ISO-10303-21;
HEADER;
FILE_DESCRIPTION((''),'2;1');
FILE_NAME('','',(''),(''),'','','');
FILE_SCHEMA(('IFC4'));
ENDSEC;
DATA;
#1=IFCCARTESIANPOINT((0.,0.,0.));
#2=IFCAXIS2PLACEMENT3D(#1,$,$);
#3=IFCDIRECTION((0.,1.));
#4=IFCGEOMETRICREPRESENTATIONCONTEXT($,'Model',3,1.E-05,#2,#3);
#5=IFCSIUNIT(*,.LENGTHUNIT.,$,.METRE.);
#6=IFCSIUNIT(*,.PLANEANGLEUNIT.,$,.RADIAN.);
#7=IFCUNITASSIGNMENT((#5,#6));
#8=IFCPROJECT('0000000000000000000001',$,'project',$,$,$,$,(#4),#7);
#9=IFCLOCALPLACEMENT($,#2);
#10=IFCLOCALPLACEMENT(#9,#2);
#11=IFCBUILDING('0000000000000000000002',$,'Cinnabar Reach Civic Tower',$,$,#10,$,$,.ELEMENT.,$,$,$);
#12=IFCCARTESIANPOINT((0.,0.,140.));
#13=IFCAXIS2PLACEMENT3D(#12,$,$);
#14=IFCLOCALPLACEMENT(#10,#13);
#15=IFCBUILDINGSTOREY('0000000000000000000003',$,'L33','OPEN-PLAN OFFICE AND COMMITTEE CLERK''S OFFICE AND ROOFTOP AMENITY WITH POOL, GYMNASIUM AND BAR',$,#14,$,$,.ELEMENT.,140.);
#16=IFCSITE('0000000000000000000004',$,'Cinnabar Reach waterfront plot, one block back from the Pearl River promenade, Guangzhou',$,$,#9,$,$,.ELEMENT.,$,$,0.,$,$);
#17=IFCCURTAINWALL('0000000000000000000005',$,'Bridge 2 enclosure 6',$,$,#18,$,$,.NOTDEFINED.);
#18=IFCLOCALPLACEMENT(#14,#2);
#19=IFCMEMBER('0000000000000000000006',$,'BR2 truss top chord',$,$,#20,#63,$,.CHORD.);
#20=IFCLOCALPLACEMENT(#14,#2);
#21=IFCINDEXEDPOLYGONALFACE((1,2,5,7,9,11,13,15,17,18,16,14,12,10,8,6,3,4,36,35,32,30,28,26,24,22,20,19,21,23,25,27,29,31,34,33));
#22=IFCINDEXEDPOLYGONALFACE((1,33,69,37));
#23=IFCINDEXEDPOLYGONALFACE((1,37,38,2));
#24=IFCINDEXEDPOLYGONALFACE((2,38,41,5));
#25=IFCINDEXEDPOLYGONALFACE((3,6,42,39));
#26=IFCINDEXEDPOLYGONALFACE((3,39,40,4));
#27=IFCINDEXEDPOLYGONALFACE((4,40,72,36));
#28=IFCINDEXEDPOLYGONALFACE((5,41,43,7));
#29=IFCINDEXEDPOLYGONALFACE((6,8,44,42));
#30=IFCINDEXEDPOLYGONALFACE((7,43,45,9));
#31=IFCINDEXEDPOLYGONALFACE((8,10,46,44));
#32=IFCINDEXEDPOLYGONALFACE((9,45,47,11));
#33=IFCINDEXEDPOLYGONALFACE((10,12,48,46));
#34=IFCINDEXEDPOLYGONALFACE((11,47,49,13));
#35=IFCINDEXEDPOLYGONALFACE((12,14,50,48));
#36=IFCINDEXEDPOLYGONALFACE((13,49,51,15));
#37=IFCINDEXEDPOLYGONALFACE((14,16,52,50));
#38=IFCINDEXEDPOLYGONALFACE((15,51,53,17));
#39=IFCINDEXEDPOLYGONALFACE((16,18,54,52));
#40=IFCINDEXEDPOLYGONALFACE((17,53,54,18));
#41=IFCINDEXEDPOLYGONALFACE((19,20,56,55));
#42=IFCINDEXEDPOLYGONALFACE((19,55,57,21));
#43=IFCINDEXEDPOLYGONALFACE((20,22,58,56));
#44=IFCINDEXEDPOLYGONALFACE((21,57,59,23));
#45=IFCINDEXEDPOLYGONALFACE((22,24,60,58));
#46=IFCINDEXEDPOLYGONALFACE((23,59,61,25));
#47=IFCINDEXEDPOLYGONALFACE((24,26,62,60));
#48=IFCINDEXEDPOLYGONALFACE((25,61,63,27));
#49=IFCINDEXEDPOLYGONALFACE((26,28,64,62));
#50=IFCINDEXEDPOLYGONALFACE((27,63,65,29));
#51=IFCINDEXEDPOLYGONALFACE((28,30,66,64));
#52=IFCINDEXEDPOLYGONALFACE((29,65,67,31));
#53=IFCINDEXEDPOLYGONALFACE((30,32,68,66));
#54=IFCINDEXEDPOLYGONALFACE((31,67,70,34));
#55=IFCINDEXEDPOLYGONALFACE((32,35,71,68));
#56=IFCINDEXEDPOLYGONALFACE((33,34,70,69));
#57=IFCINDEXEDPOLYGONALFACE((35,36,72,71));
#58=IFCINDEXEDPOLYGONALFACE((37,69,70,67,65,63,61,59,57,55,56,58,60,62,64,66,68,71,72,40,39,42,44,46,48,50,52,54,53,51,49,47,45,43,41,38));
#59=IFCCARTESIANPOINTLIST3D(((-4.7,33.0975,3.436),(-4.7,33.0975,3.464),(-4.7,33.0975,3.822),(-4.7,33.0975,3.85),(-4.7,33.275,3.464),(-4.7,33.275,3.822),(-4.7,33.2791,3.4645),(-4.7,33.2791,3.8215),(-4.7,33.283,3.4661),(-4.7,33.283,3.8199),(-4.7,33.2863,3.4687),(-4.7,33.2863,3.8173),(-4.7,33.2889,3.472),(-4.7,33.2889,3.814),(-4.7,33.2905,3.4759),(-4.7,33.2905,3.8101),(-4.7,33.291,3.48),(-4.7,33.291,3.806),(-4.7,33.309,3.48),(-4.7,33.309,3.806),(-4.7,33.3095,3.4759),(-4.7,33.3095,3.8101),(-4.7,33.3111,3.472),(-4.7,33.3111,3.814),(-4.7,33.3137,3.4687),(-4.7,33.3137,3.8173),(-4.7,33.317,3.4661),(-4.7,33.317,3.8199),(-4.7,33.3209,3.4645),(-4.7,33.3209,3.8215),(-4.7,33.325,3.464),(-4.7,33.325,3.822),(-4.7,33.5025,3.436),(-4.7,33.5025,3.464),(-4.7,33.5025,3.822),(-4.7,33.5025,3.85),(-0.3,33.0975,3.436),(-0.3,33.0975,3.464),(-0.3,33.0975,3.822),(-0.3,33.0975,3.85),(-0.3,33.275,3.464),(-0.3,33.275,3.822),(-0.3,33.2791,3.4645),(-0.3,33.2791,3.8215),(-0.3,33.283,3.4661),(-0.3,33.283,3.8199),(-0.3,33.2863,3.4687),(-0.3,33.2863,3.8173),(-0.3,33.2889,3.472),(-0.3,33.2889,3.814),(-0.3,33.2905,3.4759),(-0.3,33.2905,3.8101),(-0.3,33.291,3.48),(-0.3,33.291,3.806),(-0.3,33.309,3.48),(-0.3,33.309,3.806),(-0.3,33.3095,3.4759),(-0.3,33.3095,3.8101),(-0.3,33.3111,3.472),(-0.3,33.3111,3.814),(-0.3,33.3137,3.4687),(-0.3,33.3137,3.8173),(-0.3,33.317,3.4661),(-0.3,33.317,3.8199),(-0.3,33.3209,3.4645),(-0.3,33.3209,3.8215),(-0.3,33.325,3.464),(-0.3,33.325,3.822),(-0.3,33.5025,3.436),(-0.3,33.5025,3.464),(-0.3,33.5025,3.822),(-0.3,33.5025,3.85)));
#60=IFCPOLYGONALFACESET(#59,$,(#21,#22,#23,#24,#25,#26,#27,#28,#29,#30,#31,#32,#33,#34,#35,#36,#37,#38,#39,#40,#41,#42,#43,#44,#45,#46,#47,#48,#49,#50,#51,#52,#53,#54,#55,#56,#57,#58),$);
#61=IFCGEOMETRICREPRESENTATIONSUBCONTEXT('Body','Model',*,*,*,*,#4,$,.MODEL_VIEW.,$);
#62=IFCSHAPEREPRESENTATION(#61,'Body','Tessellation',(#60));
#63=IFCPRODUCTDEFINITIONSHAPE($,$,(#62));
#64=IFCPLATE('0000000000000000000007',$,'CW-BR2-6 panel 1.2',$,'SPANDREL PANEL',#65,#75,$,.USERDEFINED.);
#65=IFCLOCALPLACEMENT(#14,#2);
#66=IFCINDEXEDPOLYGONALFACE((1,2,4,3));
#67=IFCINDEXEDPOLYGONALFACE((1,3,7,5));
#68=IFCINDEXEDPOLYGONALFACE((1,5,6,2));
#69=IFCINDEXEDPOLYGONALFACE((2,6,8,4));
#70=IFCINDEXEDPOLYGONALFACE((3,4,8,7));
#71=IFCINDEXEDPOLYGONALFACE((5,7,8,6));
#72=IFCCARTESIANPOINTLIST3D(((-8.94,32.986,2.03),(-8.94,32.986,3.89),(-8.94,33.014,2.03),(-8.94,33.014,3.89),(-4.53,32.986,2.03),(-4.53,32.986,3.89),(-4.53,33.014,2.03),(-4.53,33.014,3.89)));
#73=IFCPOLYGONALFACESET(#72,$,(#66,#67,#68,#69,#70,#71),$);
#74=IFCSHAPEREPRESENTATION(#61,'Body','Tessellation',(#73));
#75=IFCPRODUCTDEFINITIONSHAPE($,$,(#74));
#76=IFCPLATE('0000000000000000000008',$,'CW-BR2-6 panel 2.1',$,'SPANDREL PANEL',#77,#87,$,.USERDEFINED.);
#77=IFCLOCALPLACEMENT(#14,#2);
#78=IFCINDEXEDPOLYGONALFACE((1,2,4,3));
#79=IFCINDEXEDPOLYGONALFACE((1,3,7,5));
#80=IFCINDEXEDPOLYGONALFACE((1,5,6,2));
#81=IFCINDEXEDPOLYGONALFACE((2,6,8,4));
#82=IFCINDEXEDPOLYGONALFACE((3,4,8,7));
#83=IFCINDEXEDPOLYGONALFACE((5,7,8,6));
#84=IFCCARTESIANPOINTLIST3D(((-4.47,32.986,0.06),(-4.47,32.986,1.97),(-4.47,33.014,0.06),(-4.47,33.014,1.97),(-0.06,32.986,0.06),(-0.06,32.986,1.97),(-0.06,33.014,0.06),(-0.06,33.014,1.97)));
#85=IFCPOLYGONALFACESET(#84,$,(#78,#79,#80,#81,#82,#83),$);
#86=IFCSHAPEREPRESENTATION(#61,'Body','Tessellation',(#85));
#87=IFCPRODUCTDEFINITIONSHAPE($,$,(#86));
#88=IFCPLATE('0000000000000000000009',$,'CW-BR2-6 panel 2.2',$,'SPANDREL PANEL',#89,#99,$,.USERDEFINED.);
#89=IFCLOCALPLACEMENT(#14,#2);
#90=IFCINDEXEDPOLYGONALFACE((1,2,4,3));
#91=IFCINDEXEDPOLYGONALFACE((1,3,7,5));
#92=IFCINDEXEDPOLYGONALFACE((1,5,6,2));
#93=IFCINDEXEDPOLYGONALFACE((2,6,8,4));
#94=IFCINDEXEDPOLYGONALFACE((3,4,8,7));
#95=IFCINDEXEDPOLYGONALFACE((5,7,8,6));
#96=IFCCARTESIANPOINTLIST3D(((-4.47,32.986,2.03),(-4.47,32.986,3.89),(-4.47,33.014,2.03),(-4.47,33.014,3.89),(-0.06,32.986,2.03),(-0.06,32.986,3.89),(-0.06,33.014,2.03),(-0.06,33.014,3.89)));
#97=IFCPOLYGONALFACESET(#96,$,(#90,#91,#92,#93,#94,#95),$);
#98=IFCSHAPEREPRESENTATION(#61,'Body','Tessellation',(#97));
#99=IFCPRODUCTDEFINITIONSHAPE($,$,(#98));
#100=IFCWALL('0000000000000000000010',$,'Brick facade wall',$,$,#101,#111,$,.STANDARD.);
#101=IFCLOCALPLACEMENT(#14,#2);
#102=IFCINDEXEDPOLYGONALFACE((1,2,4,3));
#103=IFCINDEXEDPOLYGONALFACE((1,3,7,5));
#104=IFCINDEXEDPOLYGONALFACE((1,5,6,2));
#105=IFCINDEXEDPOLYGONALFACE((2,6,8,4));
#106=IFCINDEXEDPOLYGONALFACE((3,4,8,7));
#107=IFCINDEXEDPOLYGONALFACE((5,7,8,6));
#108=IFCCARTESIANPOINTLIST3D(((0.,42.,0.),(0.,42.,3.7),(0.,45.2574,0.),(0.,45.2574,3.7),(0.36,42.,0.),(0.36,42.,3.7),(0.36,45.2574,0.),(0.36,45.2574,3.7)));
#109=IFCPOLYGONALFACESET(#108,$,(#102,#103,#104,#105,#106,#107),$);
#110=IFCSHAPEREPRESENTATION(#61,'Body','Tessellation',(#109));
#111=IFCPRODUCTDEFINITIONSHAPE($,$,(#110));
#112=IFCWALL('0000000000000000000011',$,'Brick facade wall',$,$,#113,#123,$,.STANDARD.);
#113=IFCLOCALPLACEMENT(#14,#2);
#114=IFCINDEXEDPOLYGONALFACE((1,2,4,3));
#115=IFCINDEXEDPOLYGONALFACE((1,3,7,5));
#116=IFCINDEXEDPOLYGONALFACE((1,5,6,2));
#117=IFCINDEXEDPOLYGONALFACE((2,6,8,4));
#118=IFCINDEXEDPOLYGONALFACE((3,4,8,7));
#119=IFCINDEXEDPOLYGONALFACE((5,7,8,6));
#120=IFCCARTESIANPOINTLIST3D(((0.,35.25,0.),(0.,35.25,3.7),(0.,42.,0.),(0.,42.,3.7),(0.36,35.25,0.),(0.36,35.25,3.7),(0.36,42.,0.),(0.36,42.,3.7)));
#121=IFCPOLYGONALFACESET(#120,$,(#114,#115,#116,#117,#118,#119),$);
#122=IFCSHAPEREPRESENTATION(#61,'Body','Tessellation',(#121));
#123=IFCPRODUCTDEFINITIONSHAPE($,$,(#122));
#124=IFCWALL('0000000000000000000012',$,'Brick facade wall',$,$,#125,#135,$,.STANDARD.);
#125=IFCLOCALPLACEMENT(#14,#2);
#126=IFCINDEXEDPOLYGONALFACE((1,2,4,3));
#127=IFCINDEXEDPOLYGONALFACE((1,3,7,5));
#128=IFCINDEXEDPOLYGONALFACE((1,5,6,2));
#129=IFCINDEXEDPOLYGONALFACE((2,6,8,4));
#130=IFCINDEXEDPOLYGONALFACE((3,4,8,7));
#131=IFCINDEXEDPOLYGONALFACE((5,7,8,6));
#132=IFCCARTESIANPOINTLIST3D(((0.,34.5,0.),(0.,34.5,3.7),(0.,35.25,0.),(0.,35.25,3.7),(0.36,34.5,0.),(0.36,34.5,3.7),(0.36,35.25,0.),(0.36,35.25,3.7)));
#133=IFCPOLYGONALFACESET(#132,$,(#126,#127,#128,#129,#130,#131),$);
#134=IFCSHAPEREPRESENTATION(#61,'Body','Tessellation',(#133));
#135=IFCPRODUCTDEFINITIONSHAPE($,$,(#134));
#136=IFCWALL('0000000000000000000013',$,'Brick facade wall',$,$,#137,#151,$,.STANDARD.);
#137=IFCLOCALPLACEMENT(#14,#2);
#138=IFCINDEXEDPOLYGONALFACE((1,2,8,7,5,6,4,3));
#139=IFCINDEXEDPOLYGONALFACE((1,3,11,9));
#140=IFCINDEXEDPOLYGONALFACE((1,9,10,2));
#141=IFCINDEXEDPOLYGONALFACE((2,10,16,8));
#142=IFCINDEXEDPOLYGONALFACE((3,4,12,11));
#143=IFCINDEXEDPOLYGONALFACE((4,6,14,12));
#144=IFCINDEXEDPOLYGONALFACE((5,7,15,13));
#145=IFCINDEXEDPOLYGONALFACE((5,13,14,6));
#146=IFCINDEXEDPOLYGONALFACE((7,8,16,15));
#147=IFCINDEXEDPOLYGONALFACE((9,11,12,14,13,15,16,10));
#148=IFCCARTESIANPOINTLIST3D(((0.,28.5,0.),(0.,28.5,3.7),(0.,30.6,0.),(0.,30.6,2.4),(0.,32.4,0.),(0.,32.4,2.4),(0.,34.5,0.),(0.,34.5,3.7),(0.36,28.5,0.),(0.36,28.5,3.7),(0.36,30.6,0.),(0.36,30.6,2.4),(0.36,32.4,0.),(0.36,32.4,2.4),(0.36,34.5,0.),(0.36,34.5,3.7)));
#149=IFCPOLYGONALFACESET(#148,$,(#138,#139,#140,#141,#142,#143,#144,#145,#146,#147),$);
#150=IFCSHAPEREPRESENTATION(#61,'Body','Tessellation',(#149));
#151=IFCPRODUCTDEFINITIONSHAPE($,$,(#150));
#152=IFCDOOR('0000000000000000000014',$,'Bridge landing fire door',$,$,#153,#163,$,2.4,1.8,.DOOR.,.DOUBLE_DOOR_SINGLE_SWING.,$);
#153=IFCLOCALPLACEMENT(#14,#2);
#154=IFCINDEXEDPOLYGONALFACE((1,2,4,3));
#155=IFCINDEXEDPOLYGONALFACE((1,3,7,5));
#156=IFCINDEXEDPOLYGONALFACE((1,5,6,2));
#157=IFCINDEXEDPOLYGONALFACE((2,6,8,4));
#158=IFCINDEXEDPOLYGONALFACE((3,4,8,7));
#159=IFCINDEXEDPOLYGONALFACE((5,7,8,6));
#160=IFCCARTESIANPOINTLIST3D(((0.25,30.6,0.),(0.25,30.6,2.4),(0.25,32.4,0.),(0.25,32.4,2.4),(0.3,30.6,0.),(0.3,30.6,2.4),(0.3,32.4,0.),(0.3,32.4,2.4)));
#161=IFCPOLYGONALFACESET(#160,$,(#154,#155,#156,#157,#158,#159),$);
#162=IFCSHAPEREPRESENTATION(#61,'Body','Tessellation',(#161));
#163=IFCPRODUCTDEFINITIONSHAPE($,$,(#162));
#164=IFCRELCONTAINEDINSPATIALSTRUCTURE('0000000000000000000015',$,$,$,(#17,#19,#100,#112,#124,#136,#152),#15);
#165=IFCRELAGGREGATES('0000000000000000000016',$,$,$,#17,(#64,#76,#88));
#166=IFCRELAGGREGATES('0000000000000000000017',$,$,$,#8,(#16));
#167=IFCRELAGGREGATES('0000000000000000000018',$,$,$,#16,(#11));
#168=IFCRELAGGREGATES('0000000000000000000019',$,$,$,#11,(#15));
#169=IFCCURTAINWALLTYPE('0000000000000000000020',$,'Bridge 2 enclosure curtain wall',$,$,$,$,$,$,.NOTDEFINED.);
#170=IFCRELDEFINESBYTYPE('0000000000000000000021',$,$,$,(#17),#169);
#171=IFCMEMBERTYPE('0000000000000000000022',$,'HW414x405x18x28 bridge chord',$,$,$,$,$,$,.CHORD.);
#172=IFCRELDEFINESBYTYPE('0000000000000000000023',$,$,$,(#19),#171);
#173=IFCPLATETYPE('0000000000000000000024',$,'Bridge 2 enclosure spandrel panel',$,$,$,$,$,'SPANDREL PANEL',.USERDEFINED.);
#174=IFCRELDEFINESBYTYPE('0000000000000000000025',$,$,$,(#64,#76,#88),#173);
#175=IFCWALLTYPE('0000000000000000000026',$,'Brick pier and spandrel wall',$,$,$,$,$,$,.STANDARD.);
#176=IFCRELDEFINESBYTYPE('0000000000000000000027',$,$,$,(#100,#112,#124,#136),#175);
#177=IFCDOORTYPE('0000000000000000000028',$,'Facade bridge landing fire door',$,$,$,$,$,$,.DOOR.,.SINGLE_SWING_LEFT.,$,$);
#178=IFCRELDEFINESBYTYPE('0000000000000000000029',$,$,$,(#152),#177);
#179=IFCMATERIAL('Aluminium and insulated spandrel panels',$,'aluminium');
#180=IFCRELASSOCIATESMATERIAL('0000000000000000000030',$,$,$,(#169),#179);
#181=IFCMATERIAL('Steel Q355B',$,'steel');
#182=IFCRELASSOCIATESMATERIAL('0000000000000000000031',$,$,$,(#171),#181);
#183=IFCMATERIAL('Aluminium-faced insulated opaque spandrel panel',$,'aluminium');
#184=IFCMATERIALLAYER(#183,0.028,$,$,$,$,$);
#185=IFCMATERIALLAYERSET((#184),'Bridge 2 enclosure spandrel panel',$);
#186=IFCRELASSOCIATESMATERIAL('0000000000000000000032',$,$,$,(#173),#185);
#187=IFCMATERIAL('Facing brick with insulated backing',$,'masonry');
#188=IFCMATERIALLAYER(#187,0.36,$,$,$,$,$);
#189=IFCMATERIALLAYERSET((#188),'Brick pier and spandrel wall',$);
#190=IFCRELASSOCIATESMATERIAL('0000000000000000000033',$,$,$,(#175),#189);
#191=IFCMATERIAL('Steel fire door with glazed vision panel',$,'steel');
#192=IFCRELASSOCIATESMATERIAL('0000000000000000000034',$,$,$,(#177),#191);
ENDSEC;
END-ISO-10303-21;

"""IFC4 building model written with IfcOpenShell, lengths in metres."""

from ifc_helpers import new_model, si_unit, direction, frame, frame_2d, origin, origin_2d, place, context, subcontext, project, spatial, rectangle, i_section, extrude, material, layer, layer_set, material_profile, profile_set, type_object, element, fill, aggregate, save


model = new_model("IFC4")

# Units and contexts
model_context = context("Model", 3, precision=1e-05, world=origin(), true_north=direction((0.0, 1.0)))
body_context = subcontext(model_context, "Body", "Model", "MODEL_VIEW")
ifc_project = project(units=[si_unit("LENGTHUNIT", "METRE"), si_unit("PLANEANGLEUNIT", "RADIAN")], contexts=[model_context])

# Site, building, storey
site_placement = place(None, origin())
site = spatial("IfcSite", under=ifc_project, at=site_placement, Name="Cinnabar Reach waterfront plot, one block back from the Pearl River promenade, Guangzhou", CompositionType="ELEMENT", RefElevation=0.0)
building_placement = place(site_placement, origin())
building = spatial("IfcBuilding", under=site, at=building_placement, Name="Cinnabar Reach Civic Tower", CompositionType="ELEMENT")
storey_placement = place(building_placement, frame((0.0, 0.0, 140.0)))
storey = spatial("IfcBuildingStorey", under=building, at=storey_placement, Name="L33", Description="OPEN-PLAN OFFICE AND COMMITTEE CLERK'S OFFICE AND ROOFTOP AMENITY WITH POOL, GYMNASIUM AND BAR", CompositionType="ELEMENT", Elevation=140.0)

# Curtain wall
ifc_material_1 = material(Name="Aluminium and insulated spandrel panels", Category="aluminium")
curtain_wall_type = type_object("IfcCurtainWallType", Name="Bridge 2 enclosure curtain wall", PredefinedType="NOTDEFINED", material=ifc_material_1)
curtain_wall_placement = place(storey_placement, origin())
curtain_wall = element("IfcCurtainWall", 1, at=curtain_wall_placement, inside=storey, type_object=curtain_wall_type, Name="Bridge 2 enclosure 6", PredefinedType="NOTDEFINED")

# Member
ifc_material_2 = material(Name="Steel Q355B", Category="steel")
ifc_material_profile_1 = material_profile(ifc_material_2, i_section(OverallWidth=0.405, OverallDepth=0.414, WebThickness=0.018, FlangeThickness=0.028, FilletRadius=0.016, at=origin_2d()), Name="HW414x405x18x28")
ifc_profile_set_1 = profile_set([ifc_material_profile_1], Name="Steel Q355B")
member_type_1 = type_object("IfcMemberType", Name="HW414x405x18x28 bridge chord", PredefinedType="CHORD", material=ifc_profile_set_1)
for number, where, z_axis, x_axis, name in (
    (2, (-4.7, 33.3, 3.643), (1.0, 0.0, 0.0), (0.0, 1.0, 0.0), "BR2 truss top chord"),
):
    element("IfcMember", number, at=place(storey_placement, frame(where, z_axis=z_axis, x_axis=x_axis)), inside=storey, type_object=member_type_1, Name=name, PredefinedType="CHORD", context=body_context, shape_type="SweptSolid", body=[
        extrude(i_section(OverallWidth=0.405, OverallDepth=0.414, WebThickness=0.018, FlangeThickness=0.028, FilletRadius=0.016, at=origin_2d()), origin(), (0.0, 0.0, 1.0), 4.4),
    ])

# Plates
ifc_material_3 = material(Name="Aluminium-faced insulated opaque spandrel panel", Category="aluminium")
ifc_layer_1 = layer(ifc_material_3, 0.028)
ifc_layer_set_1 = layer_set([ifc_layer_1], Name="Bridge 2 enclosure spandrel panel")
plate_type = type_object("IfcPlateType", Name="Bridge 2 enclosure spandrel panel", ElementType="SPANDREL PANEL", PredefinedType="USERDEFINED", material=ifc_layer_set_1)
plate_1_placement = place(storey_placement, frame((-6.735, 33.0, 2.03), z_axis=(0.0, 0.0, 1.0), x_axis=(1.0, 0.0, 0.0)))
plate_1 = element("IfcPlate", 3, at=plate_1_placement, type_object=plate_type, Name="CW-BR2-6 panel 1.2", ObjectType="SPANDREL PANEL", PredefinedType="USERDEFINED", context=body_context, shape_type="SweptSolid", body=[
    extrude(rectangle(XDim=4.41, YDim=0.028, at=origin_2d()), origin(), (0.0, 0.0, 1.0), 1.86),
])
plate_2_placement = place(storey_placement, frame((-2.265, 33.0, 0.06), z_axis=(0.0, 0.0, 1.0), x_axis=(1.0, 0.0, 0.0)))
plate_2 = element("IfcPlate", 4, at=plate_2_placement, type_object=plate_type, Name="CW-BR2-6 panel 2.1", ObjectType="SPANDREL PANEL", PredefinedType="USERDEFINED", context=body_context, shape_type="SweptSolid", body=[
    extrude(rectangle(XDim=4.41, YDim=0.028, at=origin_2d()), origin(), (0.0, 0.0, 1.0), 1.91),
])
plate_3_placement = place(storey_placement, frame((-2.265, 33.0, 2.03), z_axis=(0.0, 0.0, 1.0), x_axis=(1.0, 0.0, 0.0)))
plate_3 = element("IfcPlate", 5, at=plate_3_placement, type_object=plate_type, Name="CW-BR2-6 panel 2.2", ObjectType="SPANDREL PANEL", PredefinedType="USERDEFINED", context=body_context, shape_type="SweptSolid", body=[
    extrude(rectangle(XDim=4.41, YDim=0.028, at=origin_2d()), origin(), (0.0, 0.0, 1.0), 1.86),
])
aggregate(curtain_wall, [plate_1, plate_2, plate_3])

# Walls
ifc_material_4 = material(Name="Facing brick with insulated backing", Category="masonry")
ifc_layer_2 = layer(ifc_material_4, 0.36)
ifc_layer_set_2 = layer_set([ifc_layer_2], Name="Brick pier and spandrel wall")
wall_type = type_object("IfcWallType", Name="Brick pier and spandrel wall", PredefinedType="STANDARD", material=ifc_layer_set_2)
wall_1_placement = place(storey_placement, frame((0.18, 45.2574, 0.0), z_axis=(0.0, 0.0, 1.0), x_axis=(0.0, -1.0, 0.0)))
element("IfcWall", 6, at=wall_1_placement, inside=storey, type_object=wall_type, Name="Brick facade wall", PredefinedType="STANDARD", context=body_context, shape_type="SweptSolid", body=[
    extrude(rectangle(XDim=3.2574, YDim=0.36, at=frame_2d((1.6287, 0.0))), origin(), (0.0, 0.0, 1.0), 3.7),
])
wall_2_placement = place(storey_placement, frame((0.18, 42.0, 0.0), z_axis=(0.0, 0.0, 1.0), x_axis=(0.0, -1.0, 0.0)))
element("IfcWall", 7, at=wall_2_placement, inside=storey, type_object=wall_type, Name="Brick facade wall", PredefinedType="STANDARD", context=body_context, shape_type="SweptSolid", body=[
    extrude(rectangle(XDim=6.75, YDim=0.36, at=frame_2d((3.375, 0.0))), origin(), (0.0, 0.0, 1.0), 3.7),
])
wall_3_placement = place(storey_placement, frame((0.18, 35.25, 0.0), z_axis=(0.0, 0.0, 1.0), x_axis=(0.0, -1.0, 0.0)))
element("IfcWall", 8, at=wall_3_placement, inside=storey, type_object=wall_type, Name="Brick facade wall", PredefinedType="STANDARD", context=body_context, shape_type="SweptSolid", body=[
    extrude(rectangle(XDim=0.75, YDim=0.36, at=frame_2d((0.375, 0.0))), origin(), (0.0, 0.0, 1.0), 3.7),
])

# Wall, opening, door
wall_4_placement = place(storey_placement, frame((0.18, 34.5, 0.0), z_axis=(0.0, 0.0, 1.0), x_axis=(0.0, -1.0, 0.0)))
wall_4 = element("IfcWall", 9, at=wall_4_placement, inside=storey, type_object=wall_type, Name="Brick facade wall", PredefinedType="STANDARD", context=body_context, shape_type="SweptSolid", body=[
    extrude(rectangle(XDim=6.0, YDim=0.36, at=frame_2d((3.0, 0.0))), origin(), (0.0, 0.0, 1.0), 3.7),
])
opening_placement = place(wall_4_placement, frame((2.1, 0.0, 0.0)))
opening = element("IfcOpeningElement", 10, at=opening_placement, cuts=wall_4, PredefinedType="OPENING", context=body_context, shape_type="SweptSolid", body=[
    extrude(rectangle(XDim=1.8, YDim=2.4, at=frame_2d((0.9, 1.2))), frame((0.0, 0.19, 0.0), z_axis=(0.0, -1.0, 0.0), x_axis=(1.0, 0.0, 0.0)), (0.0, 0.0, 1.0), 0.38),
])
ifc_material_5 = material(Name="Steel fire door with glazed vision panel", Category="steel")
door_type = type_object("IfcDoorType", Name="Facade bridge landing fire door", OperationType="SINGLE_SWING_LEFT", PredefinedType="DOOR", material=ifc_material_5)
door_placement = place(opening_placement, frame((1.8, 0.0, 0.0), z_axis=(0.0, 0.0, 1.0), x_axis=(-1.0, 0.0, 0.0)))
door = element("IfcDoor", 11, at=door_placement, inside=storey, type_object=door_type, Name="Bridge landing fire door", OperationType="DOUBLE_DOOR_SINGLE_SWING", OverallHeight=2.4, OverallWidth=1.8, PredefinedType="DOOR", context=body_context, shape_type="SweptSolid", body=[
    extrude(rectangle(XDim=1.8, YDim=2.4, at=frame_2d((0.9, 1.2))), frame((0.0, -0.07, 0.0), z_axis=(0.0, -1.0, 0.0), x_axis=(1.0, 0.0, 0.0)), (0.0, 0.0, 1.0), 0.05),
])
fill(opening, door)

save(model, "model.ifc")
